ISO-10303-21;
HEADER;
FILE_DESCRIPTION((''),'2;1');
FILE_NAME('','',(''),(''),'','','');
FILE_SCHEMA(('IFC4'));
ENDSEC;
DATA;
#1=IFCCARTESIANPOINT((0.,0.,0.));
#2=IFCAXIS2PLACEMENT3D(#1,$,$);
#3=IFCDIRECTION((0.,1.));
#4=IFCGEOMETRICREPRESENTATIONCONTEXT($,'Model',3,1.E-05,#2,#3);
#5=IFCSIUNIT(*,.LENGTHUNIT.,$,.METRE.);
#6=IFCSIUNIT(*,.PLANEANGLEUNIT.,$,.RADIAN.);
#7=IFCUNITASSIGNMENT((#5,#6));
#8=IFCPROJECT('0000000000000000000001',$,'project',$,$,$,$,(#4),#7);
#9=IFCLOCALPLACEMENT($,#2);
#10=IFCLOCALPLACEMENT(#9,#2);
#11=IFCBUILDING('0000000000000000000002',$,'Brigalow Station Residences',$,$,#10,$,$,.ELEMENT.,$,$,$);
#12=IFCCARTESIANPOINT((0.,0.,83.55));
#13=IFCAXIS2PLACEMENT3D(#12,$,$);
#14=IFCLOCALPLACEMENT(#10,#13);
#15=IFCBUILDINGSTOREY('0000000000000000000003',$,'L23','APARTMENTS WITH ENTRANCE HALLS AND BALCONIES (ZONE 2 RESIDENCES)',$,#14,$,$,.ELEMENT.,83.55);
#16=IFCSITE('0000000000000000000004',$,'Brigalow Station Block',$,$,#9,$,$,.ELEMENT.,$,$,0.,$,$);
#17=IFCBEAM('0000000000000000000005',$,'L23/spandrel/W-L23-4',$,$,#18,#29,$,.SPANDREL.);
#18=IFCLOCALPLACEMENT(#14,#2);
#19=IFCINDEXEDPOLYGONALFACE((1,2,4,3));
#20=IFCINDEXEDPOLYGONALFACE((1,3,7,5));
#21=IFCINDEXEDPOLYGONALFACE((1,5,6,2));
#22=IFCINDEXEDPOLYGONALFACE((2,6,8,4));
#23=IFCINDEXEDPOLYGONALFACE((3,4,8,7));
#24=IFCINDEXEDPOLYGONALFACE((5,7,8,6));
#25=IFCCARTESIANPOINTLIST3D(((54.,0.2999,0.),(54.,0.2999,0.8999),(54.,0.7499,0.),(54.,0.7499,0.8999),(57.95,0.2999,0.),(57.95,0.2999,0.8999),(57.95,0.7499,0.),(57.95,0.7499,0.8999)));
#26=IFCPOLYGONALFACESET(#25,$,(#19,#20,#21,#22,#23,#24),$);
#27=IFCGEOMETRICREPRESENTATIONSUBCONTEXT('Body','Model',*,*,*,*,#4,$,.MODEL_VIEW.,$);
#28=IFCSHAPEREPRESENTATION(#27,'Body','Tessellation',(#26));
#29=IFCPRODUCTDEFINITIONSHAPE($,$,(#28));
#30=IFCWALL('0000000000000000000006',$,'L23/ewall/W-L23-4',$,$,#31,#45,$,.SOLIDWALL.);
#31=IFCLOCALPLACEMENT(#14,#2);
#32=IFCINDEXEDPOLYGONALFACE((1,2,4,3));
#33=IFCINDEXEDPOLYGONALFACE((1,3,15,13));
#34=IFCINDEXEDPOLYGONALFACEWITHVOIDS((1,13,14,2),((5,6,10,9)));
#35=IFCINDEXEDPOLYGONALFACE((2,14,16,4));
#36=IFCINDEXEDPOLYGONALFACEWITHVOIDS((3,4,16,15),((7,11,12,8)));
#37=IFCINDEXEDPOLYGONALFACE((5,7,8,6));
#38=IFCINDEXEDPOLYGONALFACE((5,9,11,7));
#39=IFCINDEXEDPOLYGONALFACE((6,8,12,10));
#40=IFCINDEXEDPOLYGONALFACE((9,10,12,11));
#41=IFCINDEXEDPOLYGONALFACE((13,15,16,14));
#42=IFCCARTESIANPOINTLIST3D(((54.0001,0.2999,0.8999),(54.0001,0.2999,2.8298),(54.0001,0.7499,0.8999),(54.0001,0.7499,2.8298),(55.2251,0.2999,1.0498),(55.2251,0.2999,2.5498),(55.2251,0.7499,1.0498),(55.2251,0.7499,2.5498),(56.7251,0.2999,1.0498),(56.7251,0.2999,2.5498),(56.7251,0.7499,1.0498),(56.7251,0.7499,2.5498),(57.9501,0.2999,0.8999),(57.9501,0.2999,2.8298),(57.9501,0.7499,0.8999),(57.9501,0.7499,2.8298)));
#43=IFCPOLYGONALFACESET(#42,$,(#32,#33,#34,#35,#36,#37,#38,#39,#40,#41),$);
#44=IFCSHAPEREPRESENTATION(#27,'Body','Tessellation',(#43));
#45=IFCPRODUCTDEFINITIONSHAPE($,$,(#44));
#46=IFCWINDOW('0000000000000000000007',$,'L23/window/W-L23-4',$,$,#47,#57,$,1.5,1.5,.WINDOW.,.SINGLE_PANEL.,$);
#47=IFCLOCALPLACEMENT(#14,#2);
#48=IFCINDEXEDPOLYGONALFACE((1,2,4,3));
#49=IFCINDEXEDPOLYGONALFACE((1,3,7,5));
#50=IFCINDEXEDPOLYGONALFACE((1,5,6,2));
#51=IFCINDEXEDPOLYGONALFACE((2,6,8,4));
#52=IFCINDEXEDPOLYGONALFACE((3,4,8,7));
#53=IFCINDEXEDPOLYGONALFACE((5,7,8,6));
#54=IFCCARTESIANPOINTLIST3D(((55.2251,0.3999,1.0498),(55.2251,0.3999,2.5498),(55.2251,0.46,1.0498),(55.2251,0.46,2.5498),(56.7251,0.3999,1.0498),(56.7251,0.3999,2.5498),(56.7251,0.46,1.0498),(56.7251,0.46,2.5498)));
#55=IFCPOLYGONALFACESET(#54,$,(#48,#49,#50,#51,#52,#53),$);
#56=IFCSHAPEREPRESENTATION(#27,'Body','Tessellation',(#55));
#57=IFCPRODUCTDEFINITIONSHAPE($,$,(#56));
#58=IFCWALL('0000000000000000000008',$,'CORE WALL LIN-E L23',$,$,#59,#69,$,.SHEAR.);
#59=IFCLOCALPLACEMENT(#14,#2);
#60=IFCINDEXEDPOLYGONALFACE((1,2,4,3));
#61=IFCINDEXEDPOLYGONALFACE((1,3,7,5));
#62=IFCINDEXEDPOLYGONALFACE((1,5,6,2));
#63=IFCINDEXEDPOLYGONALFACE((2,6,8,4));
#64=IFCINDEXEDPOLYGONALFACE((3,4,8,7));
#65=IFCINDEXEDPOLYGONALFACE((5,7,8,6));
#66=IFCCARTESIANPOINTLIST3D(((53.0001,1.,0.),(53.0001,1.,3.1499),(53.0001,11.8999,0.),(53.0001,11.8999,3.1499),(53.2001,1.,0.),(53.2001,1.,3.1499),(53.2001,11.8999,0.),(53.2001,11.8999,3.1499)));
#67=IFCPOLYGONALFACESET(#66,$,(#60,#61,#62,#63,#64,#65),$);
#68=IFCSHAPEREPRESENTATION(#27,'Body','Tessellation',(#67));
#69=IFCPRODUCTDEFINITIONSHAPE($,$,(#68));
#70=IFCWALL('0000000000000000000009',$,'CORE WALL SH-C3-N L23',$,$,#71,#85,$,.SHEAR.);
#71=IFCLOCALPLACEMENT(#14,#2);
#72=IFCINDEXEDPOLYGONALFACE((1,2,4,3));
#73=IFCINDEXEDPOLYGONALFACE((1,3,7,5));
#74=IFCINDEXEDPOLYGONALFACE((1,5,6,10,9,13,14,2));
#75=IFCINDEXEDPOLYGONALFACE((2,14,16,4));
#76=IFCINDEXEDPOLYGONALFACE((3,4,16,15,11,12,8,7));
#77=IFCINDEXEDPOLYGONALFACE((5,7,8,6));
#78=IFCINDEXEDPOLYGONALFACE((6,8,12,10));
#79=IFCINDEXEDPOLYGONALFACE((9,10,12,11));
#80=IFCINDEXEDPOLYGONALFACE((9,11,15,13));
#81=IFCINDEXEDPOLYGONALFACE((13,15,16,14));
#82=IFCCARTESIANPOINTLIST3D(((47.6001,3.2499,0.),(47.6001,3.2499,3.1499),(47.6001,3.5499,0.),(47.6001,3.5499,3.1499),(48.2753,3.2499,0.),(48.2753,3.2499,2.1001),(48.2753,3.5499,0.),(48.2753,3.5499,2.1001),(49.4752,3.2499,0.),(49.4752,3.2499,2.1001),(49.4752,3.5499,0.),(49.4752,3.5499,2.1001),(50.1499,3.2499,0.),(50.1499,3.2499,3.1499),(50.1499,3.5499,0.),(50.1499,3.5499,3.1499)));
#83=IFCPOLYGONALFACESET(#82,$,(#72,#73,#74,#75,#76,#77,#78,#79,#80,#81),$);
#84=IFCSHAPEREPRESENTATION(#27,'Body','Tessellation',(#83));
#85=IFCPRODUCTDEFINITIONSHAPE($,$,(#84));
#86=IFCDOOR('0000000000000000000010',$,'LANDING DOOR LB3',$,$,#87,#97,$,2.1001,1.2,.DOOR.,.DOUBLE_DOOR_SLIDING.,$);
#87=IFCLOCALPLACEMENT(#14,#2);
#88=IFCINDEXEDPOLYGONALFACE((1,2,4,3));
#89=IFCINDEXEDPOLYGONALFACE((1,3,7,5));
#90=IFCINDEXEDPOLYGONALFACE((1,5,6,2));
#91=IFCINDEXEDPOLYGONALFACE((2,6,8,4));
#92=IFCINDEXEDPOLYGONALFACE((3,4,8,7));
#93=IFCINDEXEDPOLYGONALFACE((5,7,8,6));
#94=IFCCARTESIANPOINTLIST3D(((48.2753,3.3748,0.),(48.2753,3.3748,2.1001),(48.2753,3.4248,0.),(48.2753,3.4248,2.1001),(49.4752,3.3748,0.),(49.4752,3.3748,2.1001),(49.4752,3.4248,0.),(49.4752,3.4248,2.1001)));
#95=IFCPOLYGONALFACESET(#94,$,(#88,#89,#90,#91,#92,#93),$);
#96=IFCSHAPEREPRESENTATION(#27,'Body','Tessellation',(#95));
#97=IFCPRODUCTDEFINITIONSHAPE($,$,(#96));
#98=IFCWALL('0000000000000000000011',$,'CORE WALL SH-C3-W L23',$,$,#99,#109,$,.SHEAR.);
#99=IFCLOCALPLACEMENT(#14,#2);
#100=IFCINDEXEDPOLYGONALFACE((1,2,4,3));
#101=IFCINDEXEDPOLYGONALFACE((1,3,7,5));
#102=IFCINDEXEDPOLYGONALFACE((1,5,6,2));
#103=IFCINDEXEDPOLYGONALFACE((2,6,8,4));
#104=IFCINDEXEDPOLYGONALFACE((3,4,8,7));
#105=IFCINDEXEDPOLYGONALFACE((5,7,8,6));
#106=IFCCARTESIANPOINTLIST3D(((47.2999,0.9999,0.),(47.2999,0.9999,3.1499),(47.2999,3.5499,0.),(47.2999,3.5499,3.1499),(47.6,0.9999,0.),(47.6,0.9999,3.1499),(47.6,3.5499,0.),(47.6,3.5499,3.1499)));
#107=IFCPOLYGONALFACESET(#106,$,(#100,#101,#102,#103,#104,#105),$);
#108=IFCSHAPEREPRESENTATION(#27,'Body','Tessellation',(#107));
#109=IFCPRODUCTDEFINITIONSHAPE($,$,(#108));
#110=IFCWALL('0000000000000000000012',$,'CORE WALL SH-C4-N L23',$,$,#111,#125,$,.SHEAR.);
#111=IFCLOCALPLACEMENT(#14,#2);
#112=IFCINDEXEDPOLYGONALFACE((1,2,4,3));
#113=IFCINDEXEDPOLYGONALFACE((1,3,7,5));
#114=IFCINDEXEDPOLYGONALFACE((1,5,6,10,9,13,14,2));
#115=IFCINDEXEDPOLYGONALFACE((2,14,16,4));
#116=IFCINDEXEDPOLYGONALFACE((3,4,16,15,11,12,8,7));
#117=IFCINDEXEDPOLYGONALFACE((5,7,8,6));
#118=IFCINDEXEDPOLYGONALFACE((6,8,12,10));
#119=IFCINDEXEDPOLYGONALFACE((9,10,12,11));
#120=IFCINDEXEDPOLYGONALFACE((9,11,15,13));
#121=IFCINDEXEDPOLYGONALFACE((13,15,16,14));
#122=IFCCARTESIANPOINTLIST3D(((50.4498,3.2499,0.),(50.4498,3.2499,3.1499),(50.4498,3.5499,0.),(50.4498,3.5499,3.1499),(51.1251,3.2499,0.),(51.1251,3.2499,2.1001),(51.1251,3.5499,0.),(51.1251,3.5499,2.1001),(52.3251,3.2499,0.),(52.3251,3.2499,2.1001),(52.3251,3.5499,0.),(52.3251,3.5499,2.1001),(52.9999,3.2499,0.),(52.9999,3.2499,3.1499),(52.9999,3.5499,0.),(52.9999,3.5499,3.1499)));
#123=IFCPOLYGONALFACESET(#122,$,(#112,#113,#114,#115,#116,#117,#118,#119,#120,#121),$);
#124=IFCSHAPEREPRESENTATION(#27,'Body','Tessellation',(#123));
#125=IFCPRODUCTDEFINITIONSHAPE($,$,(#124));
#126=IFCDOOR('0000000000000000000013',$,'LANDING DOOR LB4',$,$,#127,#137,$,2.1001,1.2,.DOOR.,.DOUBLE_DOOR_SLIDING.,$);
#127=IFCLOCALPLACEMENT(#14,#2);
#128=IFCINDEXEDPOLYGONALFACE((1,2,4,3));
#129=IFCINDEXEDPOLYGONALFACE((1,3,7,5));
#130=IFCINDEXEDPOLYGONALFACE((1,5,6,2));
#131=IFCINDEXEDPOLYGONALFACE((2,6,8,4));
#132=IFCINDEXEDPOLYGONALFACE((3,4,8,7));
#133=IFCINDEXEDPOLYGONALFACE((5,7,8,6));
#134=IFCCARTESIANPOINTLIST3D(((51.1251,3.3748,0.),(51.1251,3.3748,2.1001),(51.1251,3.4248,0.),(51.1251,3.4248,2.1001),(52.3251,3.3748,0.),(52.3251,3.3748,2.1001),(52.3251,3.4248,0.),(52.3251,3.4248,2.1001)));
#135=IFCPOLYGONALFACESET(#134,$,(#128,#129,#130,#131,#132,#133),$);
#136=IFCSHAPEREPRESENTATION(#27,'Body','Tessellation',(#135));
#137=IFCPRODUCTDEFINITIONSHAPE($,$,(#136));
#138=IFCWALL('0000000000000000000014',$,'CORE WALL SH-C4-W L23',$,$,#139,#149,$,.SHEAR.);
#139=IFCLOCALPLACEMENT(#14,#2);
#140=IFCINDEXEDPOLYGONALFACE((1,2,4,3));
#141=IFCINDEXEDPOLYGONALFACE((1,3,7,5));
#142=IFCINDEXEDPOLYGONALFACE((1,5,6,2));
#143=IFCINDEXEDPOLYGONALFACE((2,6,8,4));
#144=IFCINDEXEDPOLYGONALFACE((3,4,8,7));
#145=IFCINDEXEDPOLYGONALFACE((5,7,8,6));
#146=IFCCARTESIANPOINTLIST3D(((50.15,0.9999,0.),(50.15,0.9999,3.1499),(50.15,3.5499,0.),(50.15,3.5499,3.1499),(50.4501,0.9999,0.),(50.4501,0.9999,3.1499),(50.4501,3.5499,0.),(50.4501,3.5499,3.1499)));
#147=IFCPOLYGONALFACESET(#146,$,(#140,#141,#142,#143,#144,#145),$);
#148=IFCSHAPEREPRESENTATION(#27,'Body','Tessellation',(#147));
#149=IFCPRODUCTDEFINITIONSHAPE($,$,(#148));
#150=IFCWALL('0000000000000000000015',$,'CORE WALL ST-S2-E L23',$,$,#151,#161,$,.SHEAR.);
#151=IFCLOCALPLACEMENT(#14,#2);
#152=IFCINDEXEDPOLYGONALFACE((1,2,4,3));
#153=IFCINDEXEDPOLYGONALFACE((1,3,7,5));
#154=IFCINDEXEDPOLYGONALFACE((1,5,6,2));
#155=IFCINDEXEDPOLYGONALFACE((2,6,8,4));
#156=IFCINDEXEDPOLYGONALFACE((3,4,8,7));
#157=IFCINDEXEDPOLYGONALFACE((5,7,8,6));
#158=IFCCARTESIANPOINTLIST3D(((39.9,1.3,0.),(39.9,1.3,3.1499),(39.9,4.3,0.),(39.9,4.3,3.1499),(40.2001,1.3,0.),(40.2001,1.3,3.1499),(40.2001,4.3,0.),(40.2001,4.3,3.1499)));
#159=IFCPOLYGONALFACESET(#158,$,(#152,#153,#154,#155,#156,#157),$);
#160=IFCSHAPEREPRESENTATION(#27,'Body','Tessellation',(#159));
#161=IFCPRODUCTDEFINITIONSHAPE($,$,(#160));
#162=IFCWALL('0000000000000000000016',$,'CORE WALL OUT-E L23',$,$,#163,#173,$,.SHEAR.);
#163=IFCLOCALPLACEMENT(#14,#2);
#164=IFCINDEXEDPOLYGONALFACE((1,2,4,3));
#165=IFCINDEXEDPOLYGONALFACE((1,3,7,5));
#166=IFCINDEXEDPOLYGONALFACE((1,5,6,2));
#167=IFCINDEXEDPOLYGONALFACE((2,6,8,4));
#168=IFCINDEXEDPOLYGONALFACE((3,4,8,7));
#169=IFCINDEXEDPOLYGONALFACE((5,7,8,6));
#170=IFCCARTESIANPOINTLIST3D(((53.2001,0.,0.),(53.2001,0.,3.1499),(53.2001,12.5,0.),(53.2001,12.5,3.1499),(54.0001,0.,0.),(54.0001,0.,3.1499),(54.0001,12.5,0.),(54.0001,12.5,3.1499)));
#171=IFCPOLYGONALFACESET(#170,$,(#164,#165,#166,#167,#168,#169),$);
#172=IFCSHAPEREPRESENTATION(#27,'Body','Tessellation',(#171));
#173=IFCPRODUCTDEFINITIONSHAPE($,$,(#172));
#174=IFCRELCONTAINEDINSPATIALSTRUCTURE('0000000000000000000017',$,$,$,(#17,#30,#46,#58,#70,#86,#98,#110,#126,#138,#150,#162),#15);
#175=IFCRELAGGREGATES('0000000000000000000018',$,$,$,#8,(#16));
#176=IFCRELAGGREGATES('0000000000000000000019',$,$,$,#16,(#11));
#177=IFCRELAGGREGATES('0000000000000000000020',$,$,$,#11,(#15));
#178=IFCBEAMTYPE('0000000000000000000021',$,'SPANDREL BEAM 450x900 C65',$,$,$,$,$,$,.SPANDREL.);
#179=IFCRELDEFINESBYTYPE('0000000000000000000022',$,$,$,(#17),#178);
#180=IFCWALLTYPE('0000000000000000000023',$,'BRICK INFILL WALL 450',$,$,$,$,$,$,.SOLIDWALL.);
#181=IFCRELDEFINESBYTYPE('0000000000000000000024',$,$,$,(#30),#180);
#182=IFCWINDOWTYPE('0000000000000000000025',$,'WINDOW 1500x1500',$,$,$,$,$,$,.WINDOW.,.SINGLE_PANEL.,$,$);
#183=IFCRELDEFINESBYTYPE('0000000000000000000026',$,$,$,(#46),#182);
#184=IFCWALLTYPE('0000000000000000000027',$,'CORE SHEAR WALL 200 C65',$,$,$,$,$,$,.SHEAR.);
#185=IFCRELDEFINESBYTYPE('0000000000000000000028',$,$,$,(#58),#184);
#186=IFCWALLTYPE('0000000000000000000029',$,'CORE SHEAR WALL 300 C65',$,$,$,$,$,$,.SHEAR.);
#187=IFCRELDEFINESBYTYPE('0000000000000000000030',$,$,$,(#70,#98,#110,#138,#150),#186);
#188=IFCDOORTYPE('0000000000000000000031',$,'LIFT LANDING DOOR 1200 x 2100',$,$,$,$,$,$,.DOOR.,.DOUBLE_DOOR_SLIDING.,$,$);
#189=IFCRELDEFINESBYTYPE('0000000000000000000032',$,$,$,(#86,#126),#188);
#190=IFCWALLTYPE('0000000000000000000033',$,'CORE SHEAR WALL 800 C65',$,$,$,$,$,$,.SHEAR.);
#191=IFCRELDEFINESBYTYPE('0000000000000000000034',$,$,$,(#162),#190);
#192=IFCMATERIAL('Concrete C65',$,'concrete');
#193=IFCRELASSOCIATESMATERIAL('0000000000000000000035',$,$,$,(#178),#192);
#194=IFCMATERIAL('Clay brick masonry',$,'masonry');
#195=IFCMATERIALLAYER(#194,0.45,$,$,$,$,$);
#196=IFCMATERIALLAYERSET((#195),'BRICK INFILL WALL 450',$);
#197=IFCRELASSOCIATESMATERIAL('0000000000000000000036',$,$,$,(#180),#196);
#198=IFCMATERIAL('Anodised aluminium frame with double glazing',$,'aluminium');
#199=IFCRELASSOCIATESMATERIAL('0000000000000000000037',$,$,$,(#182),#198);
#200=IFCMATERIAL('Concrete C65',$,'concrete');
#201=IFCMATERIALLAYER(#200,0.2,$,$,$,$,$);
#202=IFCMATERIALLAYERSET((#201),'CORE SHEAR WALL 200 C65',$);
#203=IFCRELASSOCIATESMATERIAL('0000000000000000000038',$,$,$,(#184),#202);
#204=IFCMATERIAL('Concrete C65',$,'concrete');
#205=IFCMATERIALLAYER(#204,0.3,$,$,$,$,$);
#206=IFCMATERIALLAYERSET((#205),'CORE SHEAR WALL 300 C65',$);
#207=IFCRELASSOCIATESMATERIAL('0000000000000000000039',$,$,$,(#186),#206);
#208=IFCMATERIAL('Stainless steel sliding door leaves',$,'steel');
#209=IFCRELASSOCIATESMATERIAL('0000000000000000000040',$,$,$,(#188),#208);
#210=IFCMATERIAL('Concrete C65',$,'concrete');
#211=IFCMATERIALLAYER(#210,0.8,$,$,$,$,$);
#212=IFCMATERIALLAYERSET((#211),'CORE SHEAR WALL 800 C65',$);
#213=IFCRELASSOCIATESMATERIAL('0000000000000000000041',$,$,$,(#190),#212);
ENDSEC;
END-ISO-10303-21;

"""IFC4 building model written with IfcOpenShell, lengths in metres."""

from ifc_helpers import new_model, si_unit, direction, frame, frame_2d, origin, origin_2d, place, context, subcontext, project, spatial, rectangle, extrude, material, layer, layer_set, material_profile, profile_set, type_object, element, fill, save


model = new_model("IFC4")

# Units and contexts
model_context = context("Model", 3, precision=1e-05, world=origin(), true_north=direction((0.0, 1.0)))
body_context = subcontext(model_context, "Body", "Model", "MODEL_VIEW")
ifc_project = project(units=[si_unit("LENGTHUNIT", "METRE"), si_unit("PLANEANGLEUNIT", "RADIAN")], contexts=[model_context])

# Site, building, storey
site_placement = place(None, origin())
site = spatial("IfcSite", under=ifc_project, at=site_placement, Name="Brigalow Station Block", CompositionType="ELEMENT", RefElevation=0.0)
building_placement = place(site_placement, origin())
building = spatial("IfcBuilding", under=site, at=building_placement, Name="Brigalow Station Residences", CompositionType="ELEMENT")
storey_placement = place(building_placement, frame((0.0, 0.0, 83.55)))
storey = spatial("IfcBuildingStorey", under=building, at=storey_placement, Name="L23", Description="APARTMENTS WITH ENTRANCE HALLS AND BALCONIES (ZONE 2 RESIDENCES)", CompositionType="ELEMENT", Elevation=83.55)

# Beam
ifc_material_1 = material(Name="Concrete C65", Category="concrete")
ifc_material_profile = material_profile(ifc_material_1, rectangle(XDim=0.45, YDim=0.8999, at=origin_2d()), Name="RC450x900")
ifc_profile_set = profile_set([ifc_material_profile], Name="Concrete C65")
beam_type = type_object("IfcBeamType", Name="SPANDREL BEAM 450x900 C65", PredefinedType="SPANDREL", material=ifc_profile_set)
beam_placement = place(storey_placement, frame((54.0, 0.5249, 0.45), z_axis=(1.0, 0.0, 0.0), x_axis=(0.0, 1.0, 0.0)))
element("IfcBeam", 1, at=beam_placement, inside=storey, type_object=beam_type, Name="L23/spandrel/W-L23-4", PredefinedType="SPANDREL", context=body_context, shape_type="SweptSolid", body=[
    extrude(rectangle(XDim=0.45, YDim=0.8999, at=origin_2d()), origin(), (0.0, 0.0, 1.0), 3.95),
])

# Wall, opening, window
ifc_material_2 = material(Name="Clay brick masonry", Category="masonry")
ifc_layer_1 = layer(ifc_material_2, 0.45)
ifc_layer_set_1 = layer_set([ifc_layer_1], Name="BRICK INFILL WALL 450")
wall_type_1 = type_object("IfcWallType", Name="BRICK INFILL WALL 450", PredefinedType="SOLIDWALL", material=ifc_layer_set_1)
wall_1_placement = place(storey_placement, frame((54.0, 0.5249, 0.8999), z_axis=(0.0, 0.0, 1.0), x_axis=(1.0, 0.0, 0.0)))
wall_1 = element("IfcWall", 2, at=wall_1_placement, inside=storey, type_object=wall_type_1, Name="L23/ewall/W-L23-4", PredefinedType="SOLIDWALL", context=body_context, shape_type="SweptSolid", body=[
    extrude(rectangle(XDim=3.95, YDim=0.45, at=frame_2d((1.9751, 0.0))), origin(), (0.0, 0.0, 1.0), 1.9299),
])
opening_1_placement = place(wall_1_placement, frame((1.2251, 0.0, 0.1499)))
opening_1 = element("IfcOpeningElement", 3, at=opening_1_placement, cuts=wall_1, PredefinedType="OPENING", context=body_context, shape_type="SweptSolid", body=[
    extrude(rectangle(XDim=1.5, YDim=1.5, at=frame_2d((0.75, 0.75))), frame((0.0, 0.2349, 0.0), z_axis=(0.0, -1.0, 0.0), x_axis=(1.0, 0.0, 0.0)), (0.0, 0.0, 1.0), 0.47),
])
ifc_material_3 = material(Name="Anodised aluminium frame with double glazing", Category="aluminium")
window_type = type_object("IfcWindowType", Name="WINDOW 1500x1500", PartitioningType="SINGLE_PANEL", PredefinedType="WINDOW", material=ifc_material_3)
window_placement = place(opening_1_placement, origin())
window = element("IfcWindow", 4, at=window_placement, inside=storey, type_object=window_type, Name="L23/window/W-L23-4", OverallHeight=1.5, OverallWidth=1.5, PartitioningType="SINGLE_PANEL", PredefinedType="WINDOW", context=body_context, shape_type="SweptSolid", body=[
    extrude(rectangle(XDim=1.5, YDim=1.5, at=frame_2d((0.75, 0.75))), frame((0.0, -0.0649, 0.0), z_axis=(0.0, -1.0, 0.0), x_axis=(1.0, 0.0, 0.0)), (0.0, 0.0, 1.0), 0.0601),
])
fill(opening_1, window)

# Wall
ifc_material_4 = material(Name="Concrete C65", Category="concrete")
ifc_layer_2 = layer(ifc_material_4, 0.2)
ifc_layer_set_2 = layer_set([ifc_layer_2], Name="CORE SHEAR WALL 200 C65")
wall_type_2 = type_object("IfcWallType", Name="CORE SHEAR WALL 200 C65", PredefinedType="SHEAR", material=ifc_layer_set_2)
wall_2_placement = place(storey_placement, frame((53.1001, 1.0, 0.0), z_axis=(0.0, 0.0, 1.0), x_axis=(0.0, 1.0, 0.0)))
element("IfcWall", 5, at=wall_2_placement, inside=storey, type_object=wall_type_2, Name="CORE WALL LIN-E L23", PredefinedType="SHEAR", context=body_context, shape_type="SweptSolid", body=[
    extrude(rectangle(XDim=10.8999, YDim=0.2, at=frame_2d((5.45, 0.0))), origin(), (0.0, 0.0, 1.0), 3.1499),
])

# Wall, opening, door
ifc_material_5 = material(Name="Concrete C65", Category="concrete")
ifc_layer_3 = layer(ifc_material_5, 0.3)
ifc_layer_set_3 = layer_set([ifc_layer_3], Name="CORE SHEAR WALL 300 C65")
wall_type_3 = type_object("IfcWallType", Name="CORE SHEAR WALL 300 C65", PredefinedType="SHEAR", material=ifc_layer_set_3)
wall_3_placement = place(storey_placement, frame((47.6001, 3.3999, 0.0), z_axis=(0.0, 0.0, 1.0), x_axis=(1.0, 0.0, 0.0)))
wall_3 = element("IfcWall", 6, at=wall_3_placement, inside=storey, type_object=wall_type_3, Name="CORE WALL SH-C3-N L23", PredefinedType="SHEAR", context=body_context, shape_type="SweptSolid", body=[
    extrude(rectangle(XDim=2.5498, YDim=0.3, at=frame_2d((1.2749, 0.0))), origin(), (0.0, 0.0, 1.0), 3.1499),
])
opening_2_placement = place(wall_3_placement, frame((0.675, 0.0, 0.0)))
opening_2 = element("IfcOpeningElement", 7, at=opening_2_placement, cuts=wall_3, PredefinedType="OPENING", context=body_context, shape_type="SweptSolid", body=[
    extrude(rectangle(XDim=1.2, YDim=2.1001, at=frame_2d((0.6001, 1.05))), frame((0.0, 0.1602, 0.0), z_axis=(0.0, -1.0, 0.0), x_axis=(1.0, 0.0, 0.0)), (0.0, 0.0, 1.0), 0.3201),
])
ifc_material_6 = material(Name="Stainless steel sliding door leaves", Category="steel")
door_type_1 = type_object("IfcDoorType", Name="LIFT LANDING DOOR 1200 x 2100", OperationType="DOUBLE_DOOR_SLIDING", PredefinedType="DOOR", material=ifc_material_6)
door_1_placement = place(opening_2_placement, origin())
door_1 = element("IfcDoor", 8, at=door_1_placement, inside=storey, type_object=door_type_1, Name="LANDING DOOR LB3", OperationType="DOUBLE_DOOR_SLIDING", OverallHeight=2.1001, OverallWidth=1.2, PredefinedType="DOOR", context=body_context, shape_type="SweptSolid", body=[
    extrude(rectangle(XDim=1.2, YDim=2.1001, at=frame_2d((0.6001, 1.05))), frame((0.0, 0.0249, 0.0), z_axis=(0.0, -1.0, 0.0), x_axis=(1.0, 0.0, 0.0)), (0.0, 0.0, 1.0), 0.05),
])
fill(opening_2, door_1)

# Wall
wall_4_placement = place(storey_placement, frame((47.45, 1.0, 0.0), z_axis=(0.0, 0.0, 1.0), x_axis=(0.0, 1.0, 0.0)))
element("IfcWall", 9, at=wall_4_placement, inside=storey, type_object=wall_type_3, Name="CORE WALL SH-C3-W L23", PredefinedType="SHEAR", context=body_context, shape_type="SweptSolid", body=[
    extrude(rectangle(XDim=2.55, YDim=0.3, at=frame_2d((1.2749, 0.0))), origin(), (0.0, 0.0, 1.0), 3.1499),
])

# Wall, opening, door
wall_5_placement = place(storey_placement, frame((50.45, 3.3999, 0.0), z_axis=(0.0, 0.0, 1.0), x_axis=(1.0, 0.0, 0.0)))
wall_5 = element("IfcWall", 10, at=wall_5_placement, inside=storey, type_object=wall_type_3, Name="CORE WALL SH-C4-N L23", PredefinedType="SHEAR", context=body_context, shape_type="SweptSolid", body=[
    extrude(rectangle(XDim=2.55, YDim=0.3, at=frame_2d((1.2749, 0.0))), origin(), (0.0, 0.0, 1.0), 3.1499),
])
opening_3_placement = place(wall_5_placement, frame((0.675, 0.0, 0.0)))
opening_3 = element("IfcOpeningElement", 11, at=opening_3_placement, cuts=wall_5, PredefinedType="OPENING", context=body_context, shape_type="SweptSolid", body=[
    extrude(rectangle(XDim=1.2, YDim=2.1001, at=frame_2d((0.6001, 1.05))), frame((0.0, 0.1602, 0.0), z_axis=(0.0, -1.0, 0.0), x_axis=(1.0, 0.0, 0.0)), (0.0, 0.0, 1.0), 0.3201),
])
door_2_placement = place(opening_3_placement, origin())
door_2 = element("IfcDoor", 12, at=door_2_placement, inside=storey, type_object=door_type_1, Name="LANDING DOOR LB4", OperationType="DOUBLE_DOOR_SLIDING", OverallHeight=2.1001, OverallWidth=1.2, PredefinedType="DOOR", context=body_context, shape_type="SweptSolid", body=[
    extrude(rectangle(XDim=1.2, YDim=2.1001, at=frame_2d((0.6001, 1.05))), frame((0.0, 0.0249, 0.0), z_axis=(0.0, -1.0, 0.0), x_axis=(1.0, 0.0, 0.0)), (0.0, 0.0, 1.0), 0.05),
])
fill(opening_3, door_2)

# Walls
wall_6_placement = place(storey_placement, frame((50.3, 1.0, 0.0), z_axis=(0.0, 0.0, 1.0), x_axis=(0.0, 1.0, 0.0)))
element("IfcWall", 13, at=wall_6_placement, inside=storey, type_object=wall_type_3, Name="CORE WALL SH-C4-W L23", PredefinedType="SHEAR", context=body_context, shape_type="SweptSolid", body=[
    extrude(rectangle(XDim=2.55, YDim=0.3, at=frame_2d((1.2749, 0.0))), origin(), (0.0, 0.0, 1.0), 3.1499),
])
wall_7_placement = place(storey_placement, frame((40.05, 1.3, 0.0), z_axis=(0.0, 0.0, 1.0), x_axis=(0.0, 1.0, 0.0)))
element("IfcWall", 14, at=wall_7_placement, inside=storey, type_object=wall_type_3, Name="CORE WALL ST-S2-E L23", PredefinedType="SHEAR", context=body_context, shape_type="SweptSolid", body=[
    extrude(rectangle(XDim=3.0, YDim=0.3, at=frame_2d((1.5, 0.0))), origin(), (0.0, 0.0, 1.0), 3.1499),
])
ifc_material_7 = material(Name="Concrete C65", Category="concrete")
ifc_layer_4 = layer(ifc_material_7, 0.8)
ifc_layer_set_4 = layer_set([ifc_layer_4], Name="CORE SHEAR WALL 800 C65")
wall_type_4 = type_object("IfcWallType", Name="CORE SHEAR WALL 800 C65", PredefinedType="SHEAR", material=ifc_layer_set_4)
wall_8_placement = place(storey_placement, frame((53.6001, 0.0, 0.0), z_axis=(0.0, 0.0, 1.0), x_axis=(0.0, 1.0, 0.0)))
element("IfcWall", 15, at=wall_8_placement, inside=storey, type_object=wall_type_4, Name="CORE WALL OUT-E L23", PredefinedType="SHEAR", context=body_context, shape_type="SweptSolid", body=[
    extrude(rectangle(XDim=12.5, YDim=0.8, at=frame_2d((6.25, 0.0))), origin(), (0.0, 0.0, 1.0), 3.1499),
])

save(model, "model.ifc")
